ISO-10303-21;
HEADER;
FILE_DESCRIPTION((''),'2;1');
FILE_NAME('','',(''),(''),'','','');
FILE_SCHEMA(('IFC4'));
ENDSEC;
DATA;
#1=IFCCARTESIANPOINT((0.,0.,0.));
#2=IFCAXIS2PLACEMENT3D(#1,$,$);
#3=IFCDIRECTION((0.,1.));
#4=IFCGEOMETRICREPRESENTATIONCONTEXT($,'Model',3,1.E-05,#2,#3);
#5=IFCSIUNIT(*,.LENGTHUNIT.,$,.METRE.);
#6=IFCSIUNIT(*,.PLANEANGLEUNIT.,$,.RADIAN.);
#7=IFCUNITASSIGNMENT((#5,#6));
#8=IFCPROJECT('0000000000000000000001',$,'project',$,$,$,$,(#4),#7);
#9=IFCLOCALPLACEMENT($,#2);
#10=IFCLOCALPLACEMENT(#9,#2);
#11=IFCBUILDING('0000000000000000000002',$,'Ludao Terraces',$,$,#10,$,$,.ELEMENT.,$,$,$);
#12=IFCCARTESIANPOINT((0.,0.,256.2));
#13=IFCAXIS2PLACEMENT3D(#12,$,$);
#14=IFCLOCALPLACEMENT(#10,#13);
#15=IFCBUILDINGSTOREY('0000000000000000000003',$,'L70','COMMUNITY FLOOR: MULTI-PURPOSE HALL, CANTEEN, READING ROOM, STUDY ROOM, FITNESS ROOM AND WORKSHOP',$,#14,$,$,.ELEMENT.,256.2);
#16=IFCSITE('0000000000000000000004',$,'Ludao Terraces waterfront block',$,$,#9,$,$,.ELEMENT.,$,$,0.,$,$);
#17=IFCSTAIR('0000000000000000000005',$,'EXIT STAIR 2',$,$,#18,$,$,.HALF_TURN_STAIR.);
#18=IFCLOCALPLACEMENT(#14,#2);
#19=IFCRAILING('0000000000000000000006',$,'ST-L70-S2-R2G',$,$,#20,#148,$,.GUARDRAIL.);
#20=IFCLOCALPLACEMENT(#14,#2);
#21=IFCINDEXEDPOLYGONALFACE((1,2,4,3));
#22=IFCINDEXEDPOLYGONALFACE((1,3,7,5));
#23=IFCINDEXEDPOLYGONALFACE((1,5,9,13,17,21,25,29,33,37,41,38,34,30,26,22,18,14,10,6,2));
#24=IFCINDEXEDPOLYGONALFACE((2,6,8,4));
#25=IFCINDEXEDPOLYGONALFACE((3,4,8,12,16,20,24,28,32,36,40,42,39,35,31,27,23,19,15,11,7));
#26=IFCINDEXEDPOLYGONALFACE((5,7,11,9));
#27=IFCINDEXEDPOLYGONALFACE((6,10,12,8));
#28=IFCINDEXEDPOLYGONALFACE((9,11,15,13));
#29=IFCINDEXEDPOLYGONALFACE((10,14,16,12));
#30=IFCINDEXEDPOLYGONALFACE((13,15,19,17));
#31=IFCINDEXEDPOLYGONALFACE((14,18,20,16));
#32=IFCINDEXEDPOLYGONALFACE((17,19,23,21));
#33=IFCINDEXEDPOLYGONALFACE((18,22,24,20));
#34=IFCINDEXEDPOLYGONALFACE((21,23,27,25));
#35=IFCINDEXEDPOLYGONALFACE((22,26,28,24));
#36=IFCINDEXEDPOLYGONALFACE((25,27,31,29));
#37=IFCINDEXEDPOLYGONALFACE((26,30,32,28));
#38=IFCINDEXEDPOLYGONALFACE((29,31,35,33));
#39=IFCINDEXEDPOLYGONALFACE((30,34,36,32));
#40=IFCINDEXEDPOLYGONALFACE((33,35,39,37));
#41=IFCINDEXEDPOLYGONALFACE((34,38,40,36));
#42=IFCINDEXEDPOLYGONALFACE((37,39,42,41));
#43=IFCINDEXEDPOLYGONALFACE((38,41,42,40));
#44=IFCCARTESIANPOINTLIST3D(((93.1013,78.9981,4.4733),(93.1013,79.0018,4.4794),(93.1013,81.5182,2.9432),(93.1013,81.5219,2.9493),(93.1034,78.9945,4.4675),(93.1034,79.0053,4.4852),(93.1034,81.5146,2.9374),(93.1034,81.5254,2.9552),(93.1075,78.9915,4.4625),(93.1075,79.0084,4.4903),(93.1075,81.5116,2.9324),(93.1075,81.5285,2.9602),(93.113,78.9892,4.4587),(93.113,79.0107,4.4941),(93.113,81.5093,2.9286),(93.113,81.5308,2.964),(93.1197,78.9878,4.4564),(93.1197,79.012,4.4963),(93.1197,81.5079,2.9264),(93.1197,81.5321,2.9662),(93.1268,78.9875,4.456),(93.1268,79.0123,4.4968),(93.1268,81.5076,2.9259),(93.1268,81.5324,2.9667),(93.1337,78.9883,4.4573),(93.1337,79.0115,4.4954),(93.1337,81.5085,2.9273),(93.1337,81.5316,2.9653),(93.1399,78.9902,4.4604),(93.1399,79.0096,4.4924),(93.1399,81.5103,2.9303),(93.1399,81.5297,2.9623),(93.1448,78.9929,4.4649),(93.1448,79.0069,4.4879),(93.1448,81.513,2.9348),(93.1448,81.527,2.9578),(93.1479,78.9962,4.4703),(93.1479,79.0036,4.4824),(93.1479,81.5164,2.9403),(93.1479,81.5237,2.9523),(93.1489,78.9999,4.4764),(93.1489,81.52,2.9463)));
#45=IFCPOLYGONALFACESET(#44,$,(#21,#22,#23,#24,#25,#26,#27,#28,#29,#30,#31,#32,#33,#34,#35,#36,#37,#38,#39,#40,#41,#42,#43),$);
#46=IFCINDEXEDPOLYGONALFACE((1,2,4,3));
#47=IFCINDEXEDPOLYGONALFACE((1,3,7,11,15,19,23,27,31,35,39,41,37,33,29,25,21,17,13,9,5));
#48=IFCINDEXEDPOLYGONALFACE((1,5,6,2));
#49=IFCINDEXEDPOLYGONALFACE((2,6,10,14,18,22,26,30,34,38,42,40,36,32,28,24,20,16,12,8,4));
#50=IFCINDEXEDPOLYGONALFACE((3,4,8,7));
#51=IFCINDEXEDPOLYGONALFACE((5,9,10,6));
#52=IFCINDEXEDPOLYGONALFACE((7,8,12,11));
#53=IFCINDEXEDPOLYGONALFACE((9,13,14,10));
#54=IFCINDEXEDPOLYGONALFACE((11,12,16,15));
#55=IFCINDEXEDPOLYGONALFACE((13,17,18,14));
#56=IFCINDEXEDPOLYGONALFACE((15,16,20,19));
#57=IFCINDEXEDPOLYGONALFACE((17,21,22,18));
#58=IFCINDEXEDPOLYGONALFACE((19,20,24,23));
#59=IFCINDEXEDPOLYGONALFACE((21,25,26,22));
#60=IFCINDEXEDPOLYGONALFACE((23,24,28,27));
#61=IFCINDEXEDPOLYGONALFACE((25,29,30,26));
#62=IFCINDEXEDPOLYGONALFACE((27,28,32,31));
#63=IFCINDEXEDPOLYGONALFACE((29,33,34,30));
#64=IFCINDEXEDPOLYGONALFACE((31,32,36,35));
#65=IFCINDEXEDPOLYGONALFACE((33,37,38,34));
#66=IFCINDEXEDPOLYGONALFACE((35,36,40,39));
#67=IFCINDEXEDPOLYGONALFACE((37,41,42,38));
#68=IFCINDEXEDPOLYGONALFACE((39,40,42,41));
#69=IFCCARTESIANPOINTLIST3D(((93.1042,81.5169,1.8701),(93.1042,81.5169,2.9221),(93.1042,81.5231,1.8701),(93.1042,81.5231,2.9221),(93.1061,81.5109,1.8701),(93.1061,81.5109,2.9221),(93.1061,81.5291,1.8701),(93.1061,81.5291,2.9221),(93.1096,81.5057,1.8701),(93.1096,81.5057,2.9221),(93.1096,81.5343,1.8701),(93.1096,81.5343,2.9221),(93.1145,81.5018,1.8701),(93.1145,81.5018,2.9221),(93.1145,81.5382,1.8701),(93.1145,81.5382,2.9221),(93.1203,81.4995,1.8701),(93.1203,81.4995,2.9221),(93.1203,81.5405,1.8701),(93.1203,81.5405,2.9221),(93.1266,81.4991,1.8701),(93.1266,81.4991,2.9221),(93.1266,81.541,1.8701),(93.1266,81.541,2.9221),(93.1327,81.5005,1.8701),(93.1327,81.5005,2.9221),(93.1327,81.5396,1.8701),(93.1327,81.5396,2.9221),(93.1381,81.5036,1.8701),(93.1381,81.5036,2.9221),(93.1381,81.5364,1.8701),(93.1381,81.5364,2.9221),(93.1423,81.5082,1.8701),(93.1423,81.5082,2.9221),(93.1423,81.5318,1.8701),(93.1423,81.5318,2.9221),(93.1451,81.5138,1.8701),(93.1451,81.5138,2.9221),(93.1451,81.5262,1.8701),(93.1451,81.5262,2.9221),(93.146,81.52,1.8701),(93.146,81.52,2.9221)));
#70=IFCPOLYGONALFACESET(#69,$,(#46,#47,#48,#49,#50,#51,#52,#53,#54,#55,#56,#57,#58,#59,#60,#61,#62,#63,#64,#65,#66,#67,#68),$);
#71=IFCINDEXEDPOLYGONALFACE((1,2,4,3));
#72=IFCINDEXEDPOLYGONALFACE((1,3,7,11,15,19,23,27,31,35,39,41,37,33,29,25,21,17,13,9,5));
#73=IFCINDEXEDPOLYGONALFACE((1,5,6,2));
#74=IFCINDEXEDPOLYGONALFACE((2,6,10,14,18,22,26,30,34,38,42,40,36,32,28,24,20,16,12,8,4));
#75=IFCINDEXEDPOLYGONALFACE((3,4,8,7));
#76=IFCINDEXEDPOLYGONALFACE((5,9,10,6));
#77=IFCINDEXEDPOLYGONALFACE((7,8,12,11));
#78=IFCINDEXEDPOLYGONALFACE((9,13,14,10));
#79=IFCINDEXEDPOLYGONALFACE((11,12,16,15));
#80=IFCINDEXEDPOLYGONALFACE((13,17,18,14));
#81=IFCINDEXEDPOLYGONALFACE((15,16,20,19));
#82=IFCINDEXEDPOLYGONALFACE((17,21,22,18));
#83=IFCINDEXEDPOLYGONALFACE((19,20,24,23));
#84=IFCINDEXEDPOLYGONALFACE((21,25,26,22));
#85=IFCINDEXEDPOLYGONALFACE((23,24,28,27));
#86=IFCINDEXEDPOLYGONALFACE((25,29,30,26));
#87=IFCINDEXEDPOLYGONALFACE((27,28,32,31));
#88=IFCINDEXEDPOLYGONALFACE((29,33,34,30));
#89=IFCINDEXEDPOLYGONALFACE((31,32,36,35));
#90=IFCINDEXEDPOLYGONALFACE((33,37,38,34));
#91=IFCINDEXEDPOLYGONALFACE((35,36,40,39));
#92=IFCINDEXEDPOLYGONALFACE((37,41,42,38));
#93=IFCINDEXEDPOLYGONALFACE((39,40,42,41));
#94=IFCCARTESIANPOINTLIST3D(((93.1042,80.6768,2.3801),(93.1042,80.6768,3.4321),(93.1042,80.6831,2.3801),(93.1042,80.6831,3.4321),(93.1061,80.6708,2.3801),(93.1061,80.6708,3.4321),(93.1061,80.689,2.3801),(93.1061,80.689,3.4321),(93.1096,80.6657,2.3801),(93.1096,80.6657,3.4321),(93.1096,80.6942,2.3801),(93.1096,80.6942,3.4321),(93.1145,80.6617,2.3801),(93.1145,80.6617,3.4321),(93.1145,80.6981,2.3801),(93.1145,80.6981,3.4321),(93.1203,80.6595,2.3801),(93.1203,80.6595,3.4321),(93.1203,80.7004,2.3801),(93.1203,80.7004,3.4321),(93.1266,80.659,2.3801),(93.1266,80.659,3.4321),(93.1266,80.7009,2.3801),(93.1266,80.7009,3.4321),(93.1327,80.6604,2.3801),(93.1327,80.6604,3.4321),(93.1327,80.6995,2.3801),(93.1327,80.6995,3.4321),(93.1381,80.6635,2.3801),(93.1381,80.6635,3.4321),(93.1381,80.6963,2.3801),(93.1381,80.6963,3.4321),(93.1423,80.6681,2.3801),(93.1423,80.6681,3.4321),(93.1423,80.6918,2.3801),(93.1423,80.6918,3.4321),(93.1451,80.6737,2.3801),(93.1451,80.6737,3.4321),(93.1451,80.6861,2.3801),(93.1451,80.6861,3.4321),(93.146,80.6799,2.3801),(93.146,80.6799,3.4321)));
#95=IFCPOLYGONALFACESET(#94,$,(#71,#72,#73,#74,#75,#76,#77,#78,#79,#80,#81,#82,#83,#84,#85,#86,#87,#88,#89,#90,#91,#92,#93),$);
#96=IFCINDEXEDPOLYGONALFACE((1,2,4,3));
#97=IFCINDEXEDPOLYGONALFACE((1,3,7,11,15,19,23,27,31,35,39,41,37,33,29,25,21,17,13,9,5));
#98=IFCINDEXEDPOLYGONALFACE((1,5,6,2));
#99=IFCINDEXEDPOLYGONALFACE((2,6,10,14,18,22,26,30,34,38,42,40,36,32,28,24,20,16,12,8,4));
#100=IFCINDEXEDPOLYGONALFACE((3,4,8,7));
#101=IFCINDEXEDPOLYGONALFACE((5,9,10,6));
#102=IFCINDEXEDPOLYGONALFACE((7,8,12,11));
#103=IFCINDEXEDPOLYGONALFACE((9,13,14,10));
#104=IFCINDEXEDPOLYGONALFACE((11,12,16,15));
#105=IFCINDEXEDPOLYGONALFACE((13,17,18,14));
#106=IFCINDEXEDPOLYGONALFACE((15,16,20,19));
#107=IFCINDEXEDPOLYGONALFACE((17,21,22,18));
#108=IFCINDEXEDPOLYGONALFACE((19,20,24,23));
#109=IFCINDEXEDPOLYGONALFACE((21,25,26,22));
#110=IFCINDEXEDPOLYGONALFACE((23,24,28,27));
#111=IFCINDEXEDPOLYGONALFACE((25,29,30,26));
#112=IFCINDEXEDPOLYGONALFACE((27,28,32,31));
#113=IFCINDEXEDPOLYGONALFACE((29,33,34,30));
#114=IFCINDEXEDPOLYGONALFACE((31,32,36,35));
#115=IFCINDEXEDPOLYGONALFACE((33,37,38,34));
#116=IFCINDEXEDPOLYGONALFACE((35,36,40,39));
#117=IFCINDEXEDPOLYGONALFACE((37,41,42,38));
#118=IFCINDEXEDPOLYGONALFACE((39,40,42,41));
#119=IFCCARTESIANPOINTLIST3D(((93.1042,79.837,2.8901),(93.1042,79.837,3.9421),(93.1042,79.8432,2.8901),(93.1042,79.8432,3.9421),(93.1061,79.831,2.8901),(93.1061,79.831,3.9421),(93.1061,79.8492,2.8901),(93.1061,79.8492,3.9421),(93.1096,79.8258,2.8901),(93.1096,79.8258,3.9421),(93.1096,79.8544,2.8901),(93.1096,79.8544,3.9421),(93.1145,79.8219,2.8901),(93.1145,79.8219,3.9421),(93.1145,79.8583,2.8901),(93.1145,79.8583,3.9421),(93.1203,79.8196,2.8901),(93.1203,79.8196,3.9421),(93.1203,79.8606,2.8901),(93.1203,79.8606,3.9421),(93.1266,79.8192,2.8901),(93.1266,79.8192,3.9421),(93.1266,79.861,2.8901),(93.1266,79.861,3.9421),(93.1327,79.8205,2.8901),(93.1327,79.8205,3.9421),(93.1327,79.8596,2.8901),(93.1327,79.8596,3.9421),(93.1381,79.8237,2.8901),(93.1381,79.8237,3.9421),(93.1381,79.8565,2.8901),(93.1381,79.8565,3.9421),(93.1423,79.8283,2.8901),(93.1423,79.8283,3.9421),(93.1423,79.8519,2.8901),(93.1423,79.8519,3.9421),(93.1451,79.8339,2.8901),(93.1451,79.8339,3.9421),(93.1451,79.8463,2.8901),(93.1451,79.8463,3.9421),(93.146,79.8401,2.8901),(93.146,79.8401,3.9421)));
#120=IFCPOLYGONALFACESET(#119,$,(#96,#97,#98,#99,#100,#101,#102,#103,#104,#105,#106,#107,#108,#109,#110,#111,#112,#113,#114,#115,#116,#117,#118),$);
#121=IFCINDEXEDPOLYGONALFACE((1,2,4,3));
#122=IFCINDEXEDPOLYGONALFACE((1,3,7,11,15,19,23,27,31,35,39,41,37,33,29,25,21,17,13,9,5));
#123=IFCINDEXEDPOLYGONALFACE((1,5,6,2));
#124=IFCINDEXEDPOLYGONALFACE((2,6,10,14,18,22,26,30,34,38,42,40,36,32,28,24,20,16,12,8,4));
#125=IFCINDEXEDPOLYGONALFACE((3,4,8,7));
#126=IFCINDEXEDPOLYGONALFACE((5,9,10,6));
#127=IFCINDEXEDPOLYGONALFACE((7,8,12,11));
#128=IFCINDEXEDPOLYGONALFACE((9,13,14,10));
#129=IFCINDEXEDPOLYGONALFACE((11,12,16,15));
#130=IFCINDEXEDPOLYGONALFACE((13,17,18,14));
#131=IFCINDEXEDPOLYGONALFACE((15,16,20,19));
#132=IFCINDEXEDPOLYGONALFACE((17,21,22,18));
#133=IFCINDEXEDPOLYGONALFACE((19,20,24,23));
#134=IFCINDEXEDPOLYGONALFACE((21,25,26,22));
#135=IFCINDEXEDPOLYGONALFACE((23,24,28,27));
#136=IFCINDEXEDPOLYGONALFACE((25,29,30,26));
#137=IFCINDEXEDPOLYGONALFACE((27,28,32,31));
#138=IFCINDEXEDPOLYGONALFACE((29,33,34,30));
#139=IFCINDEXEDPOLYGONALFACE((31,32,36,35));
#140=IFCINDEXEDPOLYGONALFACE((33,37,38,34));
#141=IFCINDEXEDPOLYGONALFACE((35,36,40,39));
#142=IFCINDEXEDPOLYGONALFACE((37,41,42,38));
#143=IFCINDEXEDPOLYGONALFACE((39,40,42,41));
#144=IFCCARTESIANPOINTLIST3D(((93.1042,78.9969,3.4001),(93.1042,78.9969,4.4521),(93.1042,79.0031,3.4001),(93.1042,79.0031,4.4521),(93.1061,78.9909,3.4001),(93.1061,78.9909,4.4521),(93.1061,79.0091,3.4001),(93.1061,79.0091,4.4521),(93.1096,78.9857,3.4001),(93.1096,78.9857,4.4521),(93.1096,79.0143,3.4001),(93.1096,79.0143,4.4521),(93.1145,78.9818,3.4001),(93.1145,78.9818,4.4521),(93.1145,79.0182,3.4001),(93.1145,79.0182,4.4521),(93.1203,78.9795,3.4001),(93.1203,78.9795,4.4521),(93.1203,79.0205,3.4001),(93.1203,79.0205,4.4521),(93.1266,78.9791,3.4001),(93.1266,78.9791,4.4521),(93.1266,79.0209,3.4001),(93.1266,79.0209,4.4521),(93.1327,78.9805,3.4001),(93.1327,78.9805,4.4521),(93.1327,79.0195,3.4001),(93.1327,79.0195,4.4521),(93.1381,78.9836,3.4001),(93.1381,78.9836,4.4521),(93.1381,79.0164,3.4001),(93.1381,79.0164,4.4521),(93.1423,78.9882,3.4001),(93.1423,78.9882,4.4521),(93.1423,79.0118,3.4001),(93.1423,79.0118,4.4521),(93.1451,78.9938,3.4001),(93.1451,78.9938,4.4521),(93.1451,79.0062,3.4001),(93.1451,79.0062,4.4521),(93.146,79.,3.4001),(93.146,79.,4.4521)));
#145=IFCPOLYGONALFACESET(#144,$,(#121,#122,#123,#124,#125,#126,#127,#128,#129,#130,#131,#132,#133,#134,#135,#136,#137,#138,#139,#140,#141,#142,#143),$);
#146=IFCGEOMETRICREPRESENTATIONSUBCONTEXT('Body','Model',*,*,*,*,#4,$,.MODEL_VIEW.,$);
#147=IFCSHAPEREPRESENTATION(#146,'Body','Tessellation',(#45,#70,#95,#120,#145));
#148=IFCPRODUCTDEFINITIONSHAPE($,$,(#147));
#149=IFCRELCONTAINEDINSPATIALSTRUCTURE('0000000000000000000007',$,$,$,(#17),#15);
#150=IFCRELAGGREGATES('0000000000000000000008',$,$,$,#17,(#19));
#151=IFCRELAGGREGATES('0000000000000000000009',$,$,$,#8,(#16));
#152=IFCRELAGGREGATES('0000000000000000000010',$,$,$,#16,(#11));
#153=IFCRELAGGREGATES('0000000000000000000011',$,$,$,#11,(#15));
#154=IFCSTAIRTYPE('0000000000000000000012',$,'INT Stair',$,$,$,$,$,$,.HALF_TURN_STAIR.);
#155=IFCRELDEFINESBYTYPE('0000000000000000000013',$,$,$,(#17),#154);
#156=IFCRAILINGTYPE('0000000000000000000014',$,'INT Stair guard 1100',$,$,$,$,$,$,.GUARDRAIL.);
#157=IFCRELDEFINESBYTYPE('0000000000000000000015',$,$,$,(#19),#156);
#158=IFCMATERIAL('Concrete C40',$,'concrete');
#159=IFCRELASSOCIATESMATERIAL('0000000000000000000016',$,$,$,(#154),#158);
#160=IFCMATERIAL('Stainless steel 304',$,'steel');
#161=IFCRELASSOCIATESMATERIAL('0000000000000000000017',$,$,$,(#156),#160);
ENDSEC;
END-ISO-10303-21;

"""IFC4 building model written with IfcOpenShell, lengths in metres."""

from ifc_helpers import new_model, si_unit, direction, frame, origin, origin_2d, place, context, subcontext, project, spatial, circle, extrude, material, type_object, element, aggregate, save


model = new_model("IFC4")

# Units and contexts
model_context = context("Model", 3, precision=1e-05, world=origin(), true_north=direction((0.0, 1.0)))
body_context = subcontext(model_context, "Body", "Model", "MODEL_VIEW")
ifc_project = project(units=[si_unit("LENGTHUNIT", "METRE"), si_unit("PLANEANGLEUNIT", "RADIAN")], contexts=[model_context])

# Site, building, storey
site_placement = place(None, origin())
site = spatial("IfcSite", under=ifc_project, at=site_placement, Name="Ludao Terraces waterfront block", CompositionType="ELEMENT", RefElevation=0.0)
building_placement = place(site_placement, origin())
building = spatial("IfcBuilding", under=site, at=building_placement, Name="Ludao Terraces", CompositionType="ELEMENT")
storey_placement = place(building_placement, frame((0.0, 0.0, 256.2)))
storey = spatial("IfcBuildingStorey", under=building, at=storey_placement, Name="L70", Description="COMMUNITY FLOOR: MULTI-PURPOSE HALL, CANTEEN, READING ROOM, STUDY ROOM, FITNESS ROOM AND WORKSHOP", CompositionType="ELEMENT", Elevation=256.2)

# Shared definitions
ifc_material_1 = material(Name="Stainless steel 304", Category="steel")

# Stair, railing
ifc_material_2 = material(Name="Concrete C40", Category="concrete")
stair_type = type_object("IfcStairType", Name="INT Stair", PredefinedType="HALF_TURN_STAIR", material=ifc_material_2)
stair_placement = place(storey_placement, origin())
stair = element("IfcStair", 1, at=stair_placement, inside=storey, type_object=stair_type, Name="EXIT STAIR 2", PredefinedType="HALF_TURN_STAIR")
railing_type_1 = type_object("IfcRailingType", Name="INT Stair guard 1100", PredefinedType="GUARDRAIL", material=ifc_material_1)
railing_1_placement = place(storey_placement, frame((93.125, 81.52, 1.8701)))
railing_1 = element("IfcRailing", 2, at=railing_1_placement, type_object=railing_type_1, Name="ST-L70-S2-R2G", PredefinedType="GUARDRAIL", context=body_context, shape_type="SweptSolid", body=[
    extrude(circle(Radius=0.0239, at=origin_2d()), frame((0.0, 0.0, 1.0762), z_axis=(0.0, -0.854785, 0.518982), x_axis=(1.0, 0.0, 0.0)), (0.0, 0.0, 1.0), 2.9482),
    extrude(circle(Radius=0.021, at=origin_2d()), origin(), (0.0, 0.0, 1.0), 1.052),
    extrude(circle(Radius=0.021, at=origin_2d()), frame((0.0, -0.8401, 0.51)), (0.0, 0.0, 1.0), 1.052),
    extrude(circle(Radius=0.021, at=origin_2d()), frame((0.0, -1.6799, 1.02)), (0.0, 0.0, 1.0), 1.052),
    extrude(circle(Radius=0.021, at=origin_2d()), frame((0.0, -2.52, 1.53)), (0.0, 0.0, 1.0), 1.052),
])
aggregate(stair, [railing_1])

save(model, "model.ifc")
